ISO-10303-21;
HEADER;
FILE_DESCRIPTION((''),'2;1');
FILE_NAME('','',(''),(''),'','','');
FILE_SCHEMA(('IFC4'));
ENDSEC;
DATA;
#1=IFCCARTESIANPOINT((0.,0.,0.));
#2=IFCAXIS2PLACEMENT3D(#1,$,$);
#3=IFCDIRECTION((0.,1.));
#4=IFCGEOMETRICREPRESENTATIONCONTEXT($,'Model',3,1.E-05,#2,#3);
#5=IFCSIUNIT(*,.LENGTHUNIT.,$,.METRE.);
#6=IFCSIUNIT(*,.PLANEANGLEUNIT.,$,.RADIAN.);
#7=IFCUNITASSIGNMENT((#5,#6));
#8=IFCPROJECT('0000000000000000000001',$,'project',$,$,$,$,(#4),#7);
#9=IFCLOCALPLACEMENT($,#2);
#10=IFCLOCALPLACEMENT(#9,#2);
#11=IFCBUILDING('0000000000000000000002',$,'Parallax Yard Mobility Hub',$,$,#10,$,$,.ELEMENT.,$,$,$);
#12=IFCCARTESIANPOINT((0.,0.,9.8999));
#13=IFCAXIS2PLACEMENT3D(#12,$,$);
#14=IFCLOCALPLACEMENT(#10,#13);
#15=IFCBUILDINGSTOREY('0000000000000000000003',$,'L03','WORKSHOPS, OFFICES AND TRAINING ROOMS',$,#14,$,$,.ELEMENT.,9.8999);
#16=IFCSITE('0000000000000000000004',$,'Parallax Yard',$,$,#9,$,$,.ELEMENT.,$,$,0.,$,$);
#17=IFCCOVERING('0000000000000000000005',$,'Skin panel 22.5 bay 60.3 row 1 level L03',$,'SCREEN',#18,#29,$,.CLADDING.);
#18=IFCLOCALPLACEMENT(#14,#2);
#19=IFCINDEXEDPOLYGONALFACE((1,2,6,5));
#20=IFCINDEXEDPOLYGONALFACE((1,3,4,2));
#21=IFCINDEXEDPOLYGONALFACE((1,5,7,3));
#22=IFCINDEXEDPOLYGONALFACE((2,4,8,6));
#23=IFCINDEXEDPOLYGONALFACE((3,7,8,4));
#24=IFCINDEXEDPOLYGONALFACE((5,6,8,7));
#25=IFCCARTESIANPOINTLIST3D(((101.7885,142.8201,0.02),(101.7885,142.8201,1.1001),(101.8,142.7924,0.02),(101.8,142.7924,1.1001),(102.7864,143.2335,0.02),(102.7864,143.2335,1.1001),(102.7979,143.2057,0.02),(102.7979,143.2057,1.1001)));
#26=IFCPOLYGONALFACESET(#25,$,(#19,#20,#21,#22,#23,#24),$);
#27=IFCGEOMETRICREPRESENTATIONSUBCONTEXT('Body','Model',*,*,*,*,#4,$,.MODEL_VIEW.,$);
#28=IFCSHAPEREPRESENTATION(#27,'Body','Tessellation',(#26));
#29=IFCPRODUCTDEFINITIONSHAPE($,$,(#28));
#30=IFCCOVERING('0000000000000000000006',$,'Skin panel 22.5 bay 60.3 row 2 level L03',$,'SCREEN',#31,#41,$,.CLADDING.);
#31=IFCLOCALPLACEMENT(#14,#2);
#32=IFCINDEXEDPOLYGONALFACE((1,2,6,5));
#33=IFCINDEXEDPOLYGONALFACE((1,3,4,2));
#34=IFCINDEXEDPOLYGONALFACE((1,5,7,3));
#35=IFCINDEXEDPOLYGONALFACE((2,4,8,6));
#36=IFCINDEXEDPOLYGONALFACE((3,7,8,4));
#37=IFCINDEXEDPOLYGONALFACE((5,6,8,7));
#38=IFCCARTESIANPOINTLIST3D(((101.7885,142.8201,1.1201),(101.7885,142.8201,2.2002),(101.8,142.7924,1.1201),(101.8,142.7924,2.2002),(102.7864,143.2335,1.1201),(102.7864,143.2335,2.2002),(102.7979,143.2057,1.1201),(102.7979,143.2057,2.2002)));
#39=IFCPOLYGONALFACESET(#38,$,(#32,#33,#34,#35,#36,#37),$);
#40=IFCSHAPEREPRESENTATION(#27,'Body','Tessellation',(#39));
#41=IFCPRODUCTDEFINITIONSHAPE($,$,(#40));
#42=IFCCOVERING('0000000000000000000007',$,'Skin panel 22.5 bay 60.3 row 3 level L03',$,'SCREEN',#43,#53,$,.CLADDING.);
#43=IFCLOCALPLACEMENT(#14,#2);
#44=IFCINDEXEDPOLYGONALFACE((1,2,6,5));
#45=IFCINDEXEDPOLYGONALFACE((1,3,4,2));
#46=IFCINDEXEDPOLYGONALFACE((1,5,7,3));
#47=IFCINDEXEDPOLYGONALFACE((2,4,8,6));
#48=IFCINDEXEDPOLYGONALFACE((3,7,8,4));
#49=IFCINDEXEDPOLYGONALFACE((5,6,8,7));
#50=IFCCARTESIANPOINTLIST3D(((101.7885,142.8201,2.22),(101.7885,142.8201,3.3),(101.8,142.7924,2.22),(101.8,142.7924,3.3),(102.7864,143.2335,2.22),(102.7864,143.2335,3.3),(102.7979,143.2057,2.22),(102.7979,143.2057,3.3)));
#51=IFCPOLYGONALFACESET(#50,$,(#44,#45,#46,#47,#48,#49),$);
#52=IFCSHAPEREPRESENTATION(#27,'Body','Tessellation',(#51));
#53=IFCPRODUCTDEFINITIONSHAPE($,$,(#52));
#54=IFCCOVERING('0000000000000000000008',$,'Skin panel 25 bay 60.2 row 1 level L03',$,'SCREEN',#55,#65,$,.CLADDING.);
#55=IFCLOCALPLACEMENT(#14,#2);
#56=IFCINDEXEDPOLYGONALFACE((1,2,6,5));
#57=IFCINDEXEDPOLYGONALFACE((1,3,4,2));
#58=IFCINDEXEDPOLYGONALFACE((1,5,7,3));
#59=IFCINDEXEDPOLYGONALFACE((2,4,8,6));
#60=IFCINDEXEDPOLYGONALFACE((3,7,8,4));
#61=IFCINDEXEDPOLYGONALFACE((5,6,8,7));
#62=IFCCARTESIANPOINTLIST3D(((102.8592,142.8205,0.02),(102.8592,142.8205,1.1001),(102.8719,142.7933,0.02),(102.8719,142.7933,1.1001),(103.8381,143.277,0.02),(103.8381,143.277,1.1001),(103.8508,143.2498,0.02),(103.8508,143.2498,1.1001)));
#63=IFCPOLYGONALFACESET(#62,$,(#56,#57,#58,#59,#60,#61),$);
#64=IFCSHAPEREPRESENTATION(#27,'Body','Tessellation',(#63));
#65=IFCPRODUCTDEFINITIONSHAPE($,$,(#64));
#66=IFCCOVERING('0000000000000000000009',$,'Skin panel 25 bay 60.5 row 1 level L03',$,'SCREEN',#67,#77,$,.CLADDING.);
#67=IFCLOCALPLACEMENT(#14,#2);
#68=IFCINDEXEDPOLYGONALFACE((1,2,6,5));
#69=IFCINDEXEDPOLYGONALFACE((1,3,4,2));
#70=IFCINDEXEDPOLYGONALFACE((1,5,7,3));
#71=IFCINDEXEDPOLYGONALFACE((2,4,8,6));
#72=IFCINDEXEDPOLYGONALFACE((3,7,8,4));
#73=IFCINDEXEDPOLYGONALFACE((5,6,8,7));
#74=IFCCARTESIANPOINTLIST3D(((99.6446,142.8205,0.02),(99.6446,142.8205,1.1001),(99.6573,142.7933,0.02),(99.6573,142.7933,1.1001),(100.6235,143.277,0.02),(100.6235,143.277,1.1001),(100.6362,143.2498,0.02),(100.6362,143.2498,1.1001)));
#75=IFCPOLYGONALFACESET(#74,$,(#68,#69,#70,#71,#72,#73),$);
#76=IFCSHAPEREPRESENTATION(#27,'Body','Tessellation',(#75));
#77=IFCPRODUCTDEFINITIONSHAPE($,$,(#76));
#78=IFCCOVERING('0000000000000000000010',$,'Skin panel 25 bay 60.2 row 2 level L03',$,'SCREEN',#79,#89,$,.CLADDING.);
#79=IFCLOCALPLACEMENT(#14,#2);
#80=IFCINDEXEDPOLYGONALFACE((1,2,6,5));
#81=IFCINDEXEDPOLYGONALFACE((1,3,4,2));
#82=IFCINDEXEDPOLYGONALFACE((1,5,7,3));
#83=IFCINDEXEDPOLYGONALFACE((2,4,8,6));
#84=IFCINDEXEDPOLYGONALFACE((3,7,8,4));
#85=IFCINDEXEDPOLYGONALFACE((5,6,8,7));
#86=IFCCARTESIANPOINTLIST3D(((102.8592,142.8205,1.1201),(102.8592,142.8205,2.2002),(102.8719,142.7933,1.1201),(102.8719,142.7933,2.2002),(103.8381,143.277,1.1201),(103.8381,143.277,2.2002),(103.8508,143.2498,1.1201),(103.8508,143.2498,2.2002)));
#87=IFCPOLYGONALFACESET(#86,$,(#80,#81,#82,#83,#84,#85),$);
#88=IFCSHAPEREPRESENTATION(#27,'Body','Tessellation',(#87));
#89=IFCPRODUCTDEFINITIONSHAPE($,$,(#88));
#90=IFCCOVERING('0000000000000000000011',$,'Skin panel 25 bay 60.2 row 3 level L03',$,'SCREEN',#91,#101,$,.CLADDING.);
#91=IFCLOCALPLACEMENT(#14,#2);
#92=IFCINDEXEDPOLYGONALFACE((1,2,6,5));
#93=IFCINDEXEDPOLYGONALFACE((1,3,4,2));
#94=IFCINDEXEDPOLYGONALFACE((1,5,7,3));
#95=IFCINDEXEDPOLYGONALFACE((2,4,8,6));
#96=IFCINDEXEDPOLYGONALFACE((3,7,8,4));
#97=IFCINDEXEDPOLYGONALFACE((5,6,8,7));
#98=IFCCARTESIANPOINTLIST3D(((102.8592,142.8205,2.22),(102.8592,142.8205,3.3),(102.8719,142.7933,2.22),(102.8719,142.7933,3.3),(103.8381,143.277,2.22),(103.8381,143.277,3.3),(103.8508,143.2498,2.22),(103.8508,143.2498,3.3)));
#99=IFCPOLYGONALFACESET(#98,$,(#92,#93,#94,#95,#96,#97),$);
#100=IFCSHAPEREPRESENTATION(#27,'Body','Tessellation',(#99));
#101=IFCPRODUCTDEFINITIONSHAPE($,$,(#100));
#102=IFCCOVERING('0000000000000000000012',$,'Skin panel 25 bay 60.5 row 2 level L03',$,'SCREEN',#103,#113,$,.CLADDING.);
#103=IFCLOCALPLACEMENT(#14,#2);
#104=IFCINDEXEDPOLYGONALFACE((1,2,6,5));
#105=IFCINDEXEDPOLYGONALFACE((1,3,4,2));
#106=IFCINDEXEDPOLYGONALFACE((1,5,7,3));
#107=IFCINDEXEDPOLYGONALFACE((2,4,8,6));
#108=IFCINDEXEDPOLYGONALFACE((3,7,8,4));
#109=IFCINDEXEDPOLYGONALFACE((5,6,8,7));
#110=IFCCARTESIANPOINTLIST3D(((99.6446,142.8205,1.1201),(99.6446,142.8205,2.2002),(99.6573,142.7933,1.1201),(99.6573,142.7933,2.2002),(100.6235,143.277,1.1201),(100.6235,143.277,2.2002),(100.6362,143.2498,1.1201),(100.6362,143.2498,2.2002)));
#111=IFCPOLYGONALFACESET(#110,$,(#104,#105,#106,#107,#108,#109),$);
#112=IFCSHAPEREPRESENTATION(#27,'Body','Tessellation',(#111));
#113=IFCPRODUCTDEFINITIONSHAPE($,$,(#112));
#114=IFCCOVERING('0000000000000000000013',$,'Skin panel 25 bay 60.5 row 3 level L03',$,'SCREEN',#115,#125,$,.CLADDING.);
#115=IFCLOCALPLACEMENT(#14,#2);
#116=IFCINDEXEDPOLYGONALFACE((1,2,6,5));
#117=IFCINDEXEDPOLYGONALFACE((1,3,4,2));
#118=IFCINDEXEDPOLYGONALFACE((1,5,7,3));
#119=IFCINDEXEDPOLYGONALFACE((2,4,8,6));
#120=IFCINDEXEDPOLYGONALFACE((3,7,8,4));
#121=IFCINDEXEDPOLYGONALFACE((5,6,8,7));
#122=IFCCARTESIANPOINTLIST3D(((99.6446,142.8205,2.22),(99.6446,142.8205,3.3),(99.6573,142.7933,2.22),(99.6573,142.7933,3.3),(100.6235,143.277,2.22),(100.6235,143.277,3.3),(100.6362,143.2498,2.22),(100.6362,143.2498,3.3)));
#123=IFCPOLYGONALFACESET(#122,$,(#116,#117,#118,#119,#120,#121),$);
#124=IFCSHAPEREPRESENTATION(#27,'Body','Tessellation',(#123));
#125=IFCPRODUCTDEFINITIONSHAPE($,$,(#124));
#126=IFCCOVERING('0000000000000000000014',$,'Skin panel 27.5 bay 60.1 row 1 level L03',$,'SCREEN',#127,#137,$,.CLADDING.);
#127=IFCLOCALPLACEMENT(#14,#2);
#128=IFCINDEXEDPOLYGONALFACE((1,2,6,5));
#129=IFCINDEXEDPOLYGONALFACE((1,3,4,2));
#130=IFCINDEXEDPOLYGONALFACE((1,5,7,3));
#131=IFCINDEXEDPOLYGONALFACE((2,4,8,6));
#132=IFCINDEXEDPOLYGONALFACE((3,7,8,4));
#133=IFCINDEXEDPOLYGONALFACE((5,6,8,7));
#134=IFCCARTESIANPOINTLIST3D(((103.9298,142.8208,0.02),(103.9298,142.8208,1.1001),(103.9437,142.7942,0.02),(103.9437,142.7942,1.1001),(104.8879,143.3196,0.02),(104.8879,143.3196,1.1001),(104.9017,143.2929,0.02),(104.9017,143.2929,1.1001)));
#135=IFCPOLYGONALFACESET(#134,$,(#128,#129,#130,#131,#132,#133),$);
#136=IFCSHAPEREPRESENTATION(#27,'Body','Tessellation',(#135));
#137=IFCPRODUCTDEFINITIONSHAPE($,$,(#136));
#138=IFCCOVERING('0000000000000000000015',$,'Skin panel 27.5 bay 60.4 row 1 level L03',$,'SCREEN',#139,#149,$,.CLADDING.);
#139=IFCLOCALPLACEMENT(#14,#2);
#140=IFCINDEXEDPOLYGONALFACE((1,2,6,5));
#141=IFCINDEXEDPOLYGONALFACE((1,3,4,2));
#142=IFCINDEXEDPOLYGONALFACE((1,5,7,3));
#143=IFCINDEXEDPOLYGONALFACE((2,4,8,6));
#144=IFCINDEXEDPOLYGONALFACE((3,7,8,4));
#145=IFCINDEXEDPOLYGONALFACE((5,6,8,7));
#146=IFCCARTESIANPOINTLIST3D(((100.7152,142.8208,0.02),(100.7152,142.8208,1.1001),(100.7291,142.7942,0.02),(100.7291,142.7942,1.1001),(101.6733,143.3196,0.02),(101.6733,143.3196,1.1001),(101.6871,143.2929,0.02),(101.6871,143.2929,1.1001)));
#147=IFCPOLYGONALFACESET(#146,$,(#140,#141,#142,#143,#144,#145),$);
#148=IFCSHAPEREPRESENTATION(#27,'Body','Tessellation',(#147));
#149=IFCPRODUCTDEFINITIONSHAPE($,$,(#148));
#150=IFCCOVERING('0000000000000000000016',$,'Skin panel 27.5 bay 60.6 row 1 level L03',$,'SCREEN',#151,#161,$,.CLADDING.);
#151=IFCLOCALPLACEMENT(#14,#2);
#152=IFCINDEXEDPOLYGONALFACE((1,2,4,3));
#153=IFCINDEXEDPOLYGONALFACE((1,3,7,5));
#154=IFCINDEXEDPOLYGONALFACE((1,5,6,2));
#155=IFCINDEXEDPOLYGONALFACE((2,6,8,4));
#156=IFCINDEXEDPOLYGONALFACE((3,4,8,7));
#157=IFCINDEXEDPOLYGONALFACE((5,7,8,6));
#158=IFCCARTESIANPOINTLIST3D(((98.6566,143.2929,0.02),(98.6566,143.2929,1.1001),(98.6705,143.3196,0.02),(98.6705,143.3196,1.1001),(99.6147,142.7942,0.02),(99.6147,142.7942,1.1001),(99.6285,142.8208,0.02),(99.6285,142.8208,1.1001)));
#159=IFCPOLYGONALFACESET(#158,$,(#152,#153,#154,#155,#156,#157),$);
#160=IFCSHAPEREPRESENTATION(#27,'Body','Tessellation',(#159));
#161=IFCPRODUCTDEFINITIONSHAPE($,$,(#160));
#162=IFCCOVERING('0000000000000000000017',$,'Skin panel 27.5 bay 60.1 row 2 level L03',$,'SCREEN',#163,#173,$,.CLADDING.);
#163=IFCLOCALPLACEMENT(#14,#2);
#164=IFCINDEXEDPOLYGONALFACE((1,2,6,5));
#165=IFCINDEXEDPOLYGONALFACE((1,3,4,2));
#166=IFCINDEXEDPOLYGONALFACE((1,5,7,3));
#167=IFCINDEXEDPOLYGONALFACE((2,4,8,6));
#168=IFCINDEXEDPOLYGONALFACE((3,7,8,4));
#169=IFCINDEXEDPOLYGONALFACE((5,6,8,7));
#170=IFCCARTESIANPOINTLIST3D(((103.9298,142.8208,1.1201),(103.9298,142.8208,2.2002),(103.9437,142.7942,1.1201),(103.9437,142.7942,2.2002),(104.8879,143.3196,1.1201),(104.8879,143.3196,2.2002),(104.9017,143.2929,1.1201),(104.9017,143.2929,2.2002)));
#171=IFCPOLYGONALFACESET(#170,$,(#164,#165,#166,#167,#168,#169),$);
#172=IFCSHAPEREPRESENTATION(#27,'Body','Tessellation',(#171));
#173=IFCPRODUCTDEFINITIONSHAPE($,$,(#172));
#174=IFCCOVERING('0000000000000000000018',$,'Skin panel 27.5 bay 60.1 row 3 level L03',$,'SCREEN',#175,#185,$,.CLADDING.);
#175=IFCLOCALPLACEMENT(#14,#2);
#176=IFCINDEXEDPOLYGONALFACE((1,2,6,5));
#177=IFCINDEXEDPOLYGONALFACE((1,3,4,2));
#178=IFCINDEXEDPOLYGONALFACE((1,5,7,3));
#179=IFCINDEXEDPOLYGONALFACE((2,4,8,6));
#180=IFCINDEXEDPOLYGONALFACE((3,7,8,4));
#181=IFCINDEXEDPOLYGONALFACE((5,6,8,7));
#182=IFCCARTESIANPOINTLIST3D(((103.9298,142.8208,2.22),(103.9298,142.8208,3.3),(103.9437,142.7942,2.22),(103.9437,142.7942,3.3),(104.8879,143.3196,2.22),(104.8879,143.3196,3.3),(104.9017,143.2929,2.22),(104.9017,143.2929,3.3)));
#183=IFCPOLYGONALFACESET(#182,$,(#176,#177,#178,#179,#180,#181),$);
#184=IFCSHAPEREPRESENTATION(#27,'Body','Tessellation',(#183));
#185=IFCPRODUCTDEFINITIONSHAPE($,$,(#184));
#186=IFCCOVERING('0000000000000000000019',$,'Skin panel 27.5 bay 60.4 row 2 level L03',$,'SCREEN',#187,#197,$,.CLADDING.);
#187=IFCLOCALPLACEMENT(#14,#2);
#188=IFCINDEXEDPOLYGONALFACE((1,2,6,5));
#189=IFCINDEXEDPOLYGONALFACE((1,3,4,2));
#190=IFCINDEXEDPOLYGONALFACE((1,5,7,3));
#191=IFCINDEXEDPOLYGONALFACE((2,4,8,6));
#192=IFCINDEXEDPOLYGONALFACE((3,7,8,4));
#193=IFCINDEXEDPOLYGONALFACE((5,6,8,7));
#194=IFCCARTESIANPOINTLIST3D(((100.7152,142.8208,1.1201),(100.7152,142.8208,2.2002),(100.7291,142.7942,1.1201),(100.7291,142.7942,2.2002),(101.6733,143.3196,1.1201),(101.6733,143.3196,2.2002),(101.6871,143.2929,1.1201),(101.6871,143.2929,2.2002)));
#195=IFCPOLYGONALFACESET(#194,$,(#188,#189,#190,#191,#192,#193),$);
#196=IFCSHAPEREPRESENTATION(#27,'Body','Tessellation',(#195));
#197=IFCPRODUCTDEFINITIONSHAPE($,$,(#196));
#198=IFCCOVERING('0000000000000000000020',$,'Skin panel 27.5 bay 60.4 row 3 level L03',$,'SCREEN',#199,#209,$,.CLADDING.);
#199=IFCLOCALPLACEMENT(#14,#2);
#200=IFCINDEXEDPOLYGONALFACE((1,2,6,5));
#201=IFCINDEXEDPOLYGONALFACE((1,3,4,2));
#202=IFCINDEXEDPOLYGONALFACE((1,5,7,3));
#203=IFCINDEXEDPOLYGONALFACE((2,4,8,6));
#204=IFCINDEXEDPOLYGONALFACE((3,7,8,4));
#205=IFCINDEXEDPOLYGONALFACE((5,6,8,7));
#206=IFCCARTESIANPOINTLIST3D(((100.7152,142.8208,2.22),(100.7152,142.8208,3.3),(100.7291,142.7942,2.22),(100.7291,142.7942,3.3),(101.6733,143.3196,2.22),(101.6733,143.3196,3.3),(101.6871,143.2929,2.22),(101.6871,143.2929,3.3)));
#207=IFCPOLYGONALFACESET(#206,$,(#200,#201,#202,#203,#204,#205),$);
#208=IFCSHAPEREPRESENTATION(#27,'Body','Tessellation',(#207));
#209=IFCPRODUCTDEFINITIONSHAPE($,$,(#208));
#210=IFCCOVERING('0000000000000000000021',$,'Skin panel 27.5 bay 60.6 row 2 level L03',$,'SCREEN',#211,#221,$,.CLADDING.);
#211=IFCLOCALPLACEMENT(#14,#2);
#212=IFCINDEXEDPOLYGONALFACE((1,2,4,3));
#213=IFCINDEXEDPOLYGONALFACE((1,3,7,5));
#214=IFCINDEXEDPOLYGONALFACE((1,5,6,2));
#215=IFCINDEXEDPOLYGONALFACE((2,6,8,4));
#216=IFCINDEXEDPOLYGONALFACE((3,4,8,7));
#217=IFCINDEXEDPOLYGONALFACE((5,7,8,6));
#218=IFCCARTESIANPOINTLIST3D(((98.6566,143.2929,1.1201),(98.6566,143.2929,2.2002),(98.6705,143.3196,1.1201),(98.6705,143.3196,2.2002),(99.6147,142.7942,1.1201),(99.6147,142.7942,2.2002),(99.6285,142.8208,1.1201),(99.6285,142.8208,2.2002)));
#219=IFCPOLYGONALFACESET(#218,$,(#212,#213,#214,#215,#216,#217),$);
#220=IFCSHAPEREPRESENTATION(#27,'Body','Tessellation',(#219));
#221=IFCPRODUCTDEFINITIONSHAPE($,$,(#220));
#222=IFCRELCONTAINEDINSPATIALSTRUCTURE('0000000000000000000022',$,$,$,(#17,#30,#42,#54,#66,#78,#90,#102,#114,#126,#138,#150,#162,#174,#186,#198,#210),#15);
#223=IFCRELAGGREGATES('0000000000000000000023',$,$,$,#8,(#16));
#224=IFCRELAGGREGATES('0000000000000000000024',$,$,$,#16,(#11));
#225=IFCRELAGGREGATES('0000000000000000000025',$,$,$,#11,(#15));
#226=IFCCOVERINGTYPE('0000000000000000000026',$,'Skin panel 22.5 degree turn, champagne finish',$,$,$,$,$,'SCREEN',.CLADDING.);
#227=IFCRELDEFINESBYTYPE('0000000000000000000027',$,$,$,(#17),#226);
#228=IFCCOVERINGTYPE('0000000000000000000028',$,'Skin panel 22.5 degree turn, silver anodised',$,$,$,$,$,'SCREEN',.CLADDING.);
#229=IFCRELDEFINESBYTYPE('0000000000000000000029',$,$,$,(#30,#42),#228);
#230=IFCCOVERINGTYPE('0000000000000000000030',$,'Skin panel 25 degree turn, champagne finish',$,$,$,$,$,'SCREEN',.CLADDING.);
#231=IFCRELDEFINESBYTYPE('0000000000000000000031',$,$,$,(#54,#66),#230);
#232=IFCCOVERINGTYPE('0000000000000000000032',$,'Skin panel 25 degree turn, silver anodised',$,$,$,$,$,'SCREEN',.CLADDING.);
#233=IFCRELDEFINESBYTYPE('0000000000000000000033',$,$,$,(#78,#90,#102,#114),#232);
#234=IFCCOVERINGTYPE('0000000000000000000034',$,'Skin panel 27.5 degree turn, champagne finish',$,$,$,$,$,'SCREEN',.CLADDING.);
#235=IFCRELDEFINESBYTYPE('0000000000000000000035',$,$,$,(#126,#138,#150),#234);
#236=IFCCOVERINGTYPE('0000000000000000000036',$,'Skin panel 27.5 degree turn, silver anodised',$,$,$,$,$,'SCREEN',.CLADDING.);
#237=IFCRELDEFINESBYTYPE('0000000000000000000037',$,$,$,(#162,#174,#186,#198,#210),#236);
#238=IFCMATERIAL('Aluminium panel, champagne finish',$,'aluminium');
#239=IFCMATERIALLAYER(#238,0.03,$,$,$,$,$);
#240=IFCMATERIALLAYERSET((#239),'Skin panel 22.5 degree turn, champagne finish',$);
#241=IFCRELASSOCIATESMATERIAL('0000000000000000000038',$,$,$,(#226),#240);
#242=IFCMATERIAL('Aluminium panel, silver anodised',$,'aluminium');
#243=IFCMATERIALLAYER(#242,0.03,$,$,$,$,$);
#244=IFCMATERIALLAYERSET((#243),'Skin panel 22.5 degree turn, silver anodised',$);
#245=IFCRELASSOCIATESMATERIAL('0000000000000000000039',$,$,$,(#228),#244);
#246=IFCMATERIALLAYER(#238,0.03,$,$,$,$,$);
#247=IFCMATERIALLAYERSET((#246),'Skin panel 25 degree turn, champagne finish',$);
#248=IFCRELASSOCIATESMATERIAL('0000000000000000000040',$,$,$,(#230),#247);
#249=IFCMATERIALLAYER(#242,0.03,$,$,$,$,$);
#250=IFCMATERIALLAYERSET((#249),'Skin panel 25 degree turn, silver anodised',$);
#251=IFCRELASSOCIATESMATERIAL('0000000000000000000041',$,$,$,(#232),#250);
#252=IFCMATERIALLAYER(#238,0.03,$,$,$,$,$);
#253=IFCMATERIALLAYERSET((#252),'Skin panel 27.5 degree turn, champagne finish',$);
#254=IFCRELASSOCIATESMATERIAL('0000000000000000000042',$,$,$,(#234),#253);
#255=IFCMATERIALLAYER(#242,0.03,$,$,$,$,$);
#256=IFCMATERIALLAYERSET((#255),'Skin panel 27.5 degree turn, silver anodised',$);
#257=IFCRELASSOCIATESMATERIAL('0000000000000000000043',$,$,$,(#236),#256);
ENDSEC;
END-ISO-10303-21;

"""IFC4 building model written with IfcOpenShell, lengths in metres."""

from ifc_helpers import new_model, si_unit, direction, frame, origin, origin_2d, place, context, subcontext, project, spatial, rectangle, extrude, material, layer, layer_set, type_object, element, save


model = new_model("IFC4")

# Units and contexts
model_context = context("Model", 3, precision=1e-05, world=origin(), true_north=direction((0.0, 1.0)))
body_context = subcontext(model_context, "Body", "Model", "MODEL_VIEW")
ifc_project = project(units=[si_unit("LENGTHUNIT", "METRE"), si_unit("PLANEANGLEUNIT", "RADIAN")], contexts=[model_context])

# Site, building, storey
site_placement = place(None, origin())
site = spatial("IfcSite", under=ifc_project, at=site_placement, Name="Parallax Yard", CompositionType="ELEMENT", RefElevation=0.0)
building_placement = place(site_placement, origin())
building = spatial("IfcBuilding", under=site, at=building_placement, Name="Parallax Yard Mobility Hub", CompositionType="ELEMENT")
storey_placement = place(building_placement, frame((0.0, 0.0, 9.8999)))
storey = spatial("IfcBuildingStorey", under=building, at=storey_placement, Name="L03", Description="WORKSHOPS, OFFICES AND TRAINING ROOMS", CompositionType="ELEMENT", Elevation=9.8999)

# Coverings
ifc_material_1 = material(Name="Aluminium panel, champagne finish", Category="aluminium")
ifc_layer_1 = layer(ifc_material_1, 0.03)
ifc_layer_set_1 = layer_set([ifc_layer_1], Name="Skin panel 22.5 degree turn, champagne finish")
covering_type_1 = type_object("IfcCoveringType", Name="Skin panel 22.5 degree turn, champagne finish", ElementType="SCREEN", PredefinedType="CLADDING", material=ifc_layer_set_1)
covering_1_placement = place(storey_placement, frame((102.2932, 143.0129, 0.02), z_axis=(0.0, 0.0, 1.0), x_axis=(0.92388, 0.382683, 0.0)))
element("IfcCovering", 1, at=covering_1_placement, inside=storey, type_object=covering_type_1, Name="Skin panel 22.5 bay 60.3 row 1 level L03", ObjectType="SCREEN", PredefinedType="CLADDING", context=body_context, shape_type="SweptSolid", body=[
    extrude(rectangle(XDim=1.0801, YDim=0.03, at=origin_2d()), origin(), (0.0, 0.0, 1.0), 1.0801),
])
ifc_material_2 = material(Name="Aluminium panel, silver anodised", Category="aluminium")
ifc_layer_2 = layer(ifc_material_2, 0.03)
ifc_layer_set_2 = layer_set([ifc_layer_2], Name="Skin panel 22.5 degree turn, silver anodised")
covering_type_2 = type_object("IfcCoveringType", Name="Skin panel 22.5 degree turn, silver anodised", ElementType="SCREEN", PredefinedType="CLADDING", material=ifc_layer_set_2)
for number, where, z_axis, x_axis, name in (
    (2, (102.2932, 143.0129, 1.1201), (0.0, 0.0, 1.0), (0.92388, 0.382683, 0.0), "Skin panel 22.5 bay 60.3 row 2 level L03"),
    (3, (102.2932, 143.0129, 2.22), (0.0, 0.0, 1.0), (0.92388, 0.382683, 0.0), "Skin panel 22.5 bay 60.3 row 3 level L03"),
):
    element("IfcCovering", number, at=place(storey_placement, frame(where, z_axis=z_axis, x_axis=x_axis)), inside=storey, type_object=covering_type_2, Name=name, ObjectType="SCREEN", PredefinedType="CLADDING", context=body_context, shape_type="SweptSolid", body=[
        extrude(rectangle(XDim=1.0801, YDim=0.03, at=origin_2d()), origin(), (0.0, 0.0, 1.0), 1.0801),
    ])
ifc_layer_3 = layer(ifc_material_1, 0.03)
ifc_layer_set_3 = layer_set([ifc_layer_3], Name="Skin panel 25 degree turn, champagne finish")
covering_type_3 = type_object("IfcCoveringType", Name="Skin panel 25 degree turn, champagne finish", ElementType="SCREEN", PredefinedType="CLADDING", material=ifc_layer_set_3)
for number, where, z_axis, x_axis, name in (
    (4, (103.355, 143.0352, 0.02), (0.0, 0.0, 1.0), (0.906308, 0.422618, 0.0), "Skin panel 25 bay 60.2 row 1 level L03"),
    (5, (100.1404, 143.0352, 0.02), (0.0, 0.0, 1.0), (0.906308, 0.422618, 0.0), "Skin panel 25 bay 60.5 row 1 level L03"),
):
    element("IfcCovering", number, at=place(storey_placement, frame(where, z_axis=z_axis, x_axis=x_axis)), inside=storey, type_object=covering_type_3, Name=name, ObjectType="SCREEN", PredefinedType="CLADDING", context=body_context, shape_type="SweptSolid", body=[
        extrude(rectangle(XDim=1.0801, YDim=0.03, at=origin_2d()), origin(), (0.0, 0.0, 1.0), 1.0801),
    ])
ifc_layer_4 = layer(ifc_material_2, 0.03)
ifc_layer_set_4 = layer_set([ifc_layer_4], Name="Skin panel 25 degree turn, silver anodised")
covering_type_4 = type_object("IfcCoveringType", Name="Skin panel 25 degree turn, silver anodised", ElementType="SCREEN", PredefinedType="CLADDING", material=ifc_layer_set_4)
for number, where, z_axis, x_axis, name in (
    (6, (103.355, 143.0352, 1.1201), (0.0, 0.0, 1.0), (0.906308, 0.422618, 0.0), "Skin panel 25 bay 60.2 row 2 level L03"),
    (7, (103.355, 143.0352, 2.22), (0.0, 0.0, 1.0), (0.906308, 0.422618, 0.0), "Skin panel 25 bay 60.2 row 3 level L03"),
    (8, (100.1404, 143.0352, 1.1201), (0.0, 0.0, 1.0), (0.906308, 0.422618, 0.0), "Skin panel 25 bay 60.5 row 2 level L03"),
    (9, (100.1404, 143.0352, 2.22), (0.0, 0.0, 1.0), (0.906308, 0.422618, 0.0), "Skin panel 25 bay 60.5 row 3 level L03"),
):
    element("IfcCovering", number, at=place(storey_placement, frame(where, z_axis=z_axis, x_axis=x_axis)), inside=storey, type_object=covering_type_4, Name=name, ObjectType="SCREEN", PredefinedType="CLADDING", context=body_context, shape_type="SweptSolid", body=[
        extrude(rectangle(XDim=1.0801, YDim=0.03, at=origin_2d()), origin(), (0.0, 0.0, 1.0), 1.0801),
    ])
ifc_layer_5 = layer(ifc_material_1, 0.03)
ifc_layer_set_5 = layer_set([ifc_layer_5], Name="Skin panel 27.5 degree turn, champagne finish")
covering_type_5 = type_object("IfcCoveringType", Name="Skin panel 27.5 degree turn, champagne finish", ElementType="SCREEN", PredefinedType="CLADDING", material=ifc_layer_set_5)
for number, where, z_axis, x_axis, name in (
    (10, (104.4158, 143.0569, 0.02), (0.0, 0.0, 1.0), (0.887011, 0.461749, 0.0), "Skin panel 27.5 bay 60.1 row 1 level L03"),
    (11, (101.2012, 143.0569, 0.02), (0.0, 0.0, 1.0), (0.887011, 0.461749, 0.0), "Skin panel 27.5 bay 60.4 row 1 level L03"),
    (12, (99.1426, 143.0569, 0.02), (0.0, 0.0, 1.0), (-0.887011, 0.461749, 0.0), "Skin panel 27.5 bay 60.6 row 1 level L03"),
):
    element("IfcCovering", number, at=place(storey_placement, frame(where, z_axis=z_axis, x_axis=x_axis)), inside=storey, type_object=covering_type_5, Name=name, ObjectType="SCREEN", PredefinedType="CLADDING", context=body_context, shape_type="SweptSolid", body=[
        extrude(rectangle(XDim=1.0801, YDim=0.03, at=origin_2d()), origin(), (0.0, 0.0, 1.0), 1.0801),
    ])
ifc_layer_6 = layer(ifc_material_2, 0.03)
ifc_layer_set_6 = layer_set([ifc_layer_6], Name="Skin panel 27.5 degree turn, silver anodised")
covering_type_6 = type_object("IfcCoveringType", Name="Skin panel 27.5 degree turn, silver anodised", ElementType="SCREEN", PredefinedType="CLADDING", material=ifc_layer_set_6)
for number, where, z_axis, x_axis, name in (
    (13, (104.4158, 143.0569, 1.1201), (0.0, 0.0, 1.0), (0.887011, 0.461749, 0.0), "Skin panel 27.5 bay 60.1 row 2 level L03"),
    (14, (104.4158, 143.0569, 2.22), (0.0, 0.0, 1.0), (0.887011, 0.461749, 0.0), "Skin panel 27.5 bay 60.1 row 3 level L03"),
    (15, (101.2012, 143.0569, 1.1201), (0.0, 0.0, 1.0), (0.887011, 0.461749, 0.0), "Skin panel 27.5 bay 60.4 row 2 level L03"),
    (16, (101.2012, 143.0569, 2.22), (0.0, 0.0, 1.0), (0.887011, 0.461749, 0.0), "Skin panel 27.5 bay 60.4 row 3 level L03"),
    (17, (99.1426, 143.0569, 1.1201), (0.0, 0.0, 1.0), (-0.887011, 0.461749, 0.0), "Skin panel 27.5 bay 60.6 row 2 level L03"),
):
    element("IfcCovering", number, at=place(storey_placement, frame(where, z_axis=z_axis, x_axis=x_axis)), inside=storey, type_object=covering_type_6, Name=name, ObjectType="SCREEN", PredefinedType="CLADDING", context=body_context, shape_type="SweptSolid", body=[
        extrude(rectangle(XDim=1.0801, YDim=0.03, at=origin_2d()), origin(), (0.0, 0.0, 1.0), 1.0801),
    ])

save(model, "model.ifc")
